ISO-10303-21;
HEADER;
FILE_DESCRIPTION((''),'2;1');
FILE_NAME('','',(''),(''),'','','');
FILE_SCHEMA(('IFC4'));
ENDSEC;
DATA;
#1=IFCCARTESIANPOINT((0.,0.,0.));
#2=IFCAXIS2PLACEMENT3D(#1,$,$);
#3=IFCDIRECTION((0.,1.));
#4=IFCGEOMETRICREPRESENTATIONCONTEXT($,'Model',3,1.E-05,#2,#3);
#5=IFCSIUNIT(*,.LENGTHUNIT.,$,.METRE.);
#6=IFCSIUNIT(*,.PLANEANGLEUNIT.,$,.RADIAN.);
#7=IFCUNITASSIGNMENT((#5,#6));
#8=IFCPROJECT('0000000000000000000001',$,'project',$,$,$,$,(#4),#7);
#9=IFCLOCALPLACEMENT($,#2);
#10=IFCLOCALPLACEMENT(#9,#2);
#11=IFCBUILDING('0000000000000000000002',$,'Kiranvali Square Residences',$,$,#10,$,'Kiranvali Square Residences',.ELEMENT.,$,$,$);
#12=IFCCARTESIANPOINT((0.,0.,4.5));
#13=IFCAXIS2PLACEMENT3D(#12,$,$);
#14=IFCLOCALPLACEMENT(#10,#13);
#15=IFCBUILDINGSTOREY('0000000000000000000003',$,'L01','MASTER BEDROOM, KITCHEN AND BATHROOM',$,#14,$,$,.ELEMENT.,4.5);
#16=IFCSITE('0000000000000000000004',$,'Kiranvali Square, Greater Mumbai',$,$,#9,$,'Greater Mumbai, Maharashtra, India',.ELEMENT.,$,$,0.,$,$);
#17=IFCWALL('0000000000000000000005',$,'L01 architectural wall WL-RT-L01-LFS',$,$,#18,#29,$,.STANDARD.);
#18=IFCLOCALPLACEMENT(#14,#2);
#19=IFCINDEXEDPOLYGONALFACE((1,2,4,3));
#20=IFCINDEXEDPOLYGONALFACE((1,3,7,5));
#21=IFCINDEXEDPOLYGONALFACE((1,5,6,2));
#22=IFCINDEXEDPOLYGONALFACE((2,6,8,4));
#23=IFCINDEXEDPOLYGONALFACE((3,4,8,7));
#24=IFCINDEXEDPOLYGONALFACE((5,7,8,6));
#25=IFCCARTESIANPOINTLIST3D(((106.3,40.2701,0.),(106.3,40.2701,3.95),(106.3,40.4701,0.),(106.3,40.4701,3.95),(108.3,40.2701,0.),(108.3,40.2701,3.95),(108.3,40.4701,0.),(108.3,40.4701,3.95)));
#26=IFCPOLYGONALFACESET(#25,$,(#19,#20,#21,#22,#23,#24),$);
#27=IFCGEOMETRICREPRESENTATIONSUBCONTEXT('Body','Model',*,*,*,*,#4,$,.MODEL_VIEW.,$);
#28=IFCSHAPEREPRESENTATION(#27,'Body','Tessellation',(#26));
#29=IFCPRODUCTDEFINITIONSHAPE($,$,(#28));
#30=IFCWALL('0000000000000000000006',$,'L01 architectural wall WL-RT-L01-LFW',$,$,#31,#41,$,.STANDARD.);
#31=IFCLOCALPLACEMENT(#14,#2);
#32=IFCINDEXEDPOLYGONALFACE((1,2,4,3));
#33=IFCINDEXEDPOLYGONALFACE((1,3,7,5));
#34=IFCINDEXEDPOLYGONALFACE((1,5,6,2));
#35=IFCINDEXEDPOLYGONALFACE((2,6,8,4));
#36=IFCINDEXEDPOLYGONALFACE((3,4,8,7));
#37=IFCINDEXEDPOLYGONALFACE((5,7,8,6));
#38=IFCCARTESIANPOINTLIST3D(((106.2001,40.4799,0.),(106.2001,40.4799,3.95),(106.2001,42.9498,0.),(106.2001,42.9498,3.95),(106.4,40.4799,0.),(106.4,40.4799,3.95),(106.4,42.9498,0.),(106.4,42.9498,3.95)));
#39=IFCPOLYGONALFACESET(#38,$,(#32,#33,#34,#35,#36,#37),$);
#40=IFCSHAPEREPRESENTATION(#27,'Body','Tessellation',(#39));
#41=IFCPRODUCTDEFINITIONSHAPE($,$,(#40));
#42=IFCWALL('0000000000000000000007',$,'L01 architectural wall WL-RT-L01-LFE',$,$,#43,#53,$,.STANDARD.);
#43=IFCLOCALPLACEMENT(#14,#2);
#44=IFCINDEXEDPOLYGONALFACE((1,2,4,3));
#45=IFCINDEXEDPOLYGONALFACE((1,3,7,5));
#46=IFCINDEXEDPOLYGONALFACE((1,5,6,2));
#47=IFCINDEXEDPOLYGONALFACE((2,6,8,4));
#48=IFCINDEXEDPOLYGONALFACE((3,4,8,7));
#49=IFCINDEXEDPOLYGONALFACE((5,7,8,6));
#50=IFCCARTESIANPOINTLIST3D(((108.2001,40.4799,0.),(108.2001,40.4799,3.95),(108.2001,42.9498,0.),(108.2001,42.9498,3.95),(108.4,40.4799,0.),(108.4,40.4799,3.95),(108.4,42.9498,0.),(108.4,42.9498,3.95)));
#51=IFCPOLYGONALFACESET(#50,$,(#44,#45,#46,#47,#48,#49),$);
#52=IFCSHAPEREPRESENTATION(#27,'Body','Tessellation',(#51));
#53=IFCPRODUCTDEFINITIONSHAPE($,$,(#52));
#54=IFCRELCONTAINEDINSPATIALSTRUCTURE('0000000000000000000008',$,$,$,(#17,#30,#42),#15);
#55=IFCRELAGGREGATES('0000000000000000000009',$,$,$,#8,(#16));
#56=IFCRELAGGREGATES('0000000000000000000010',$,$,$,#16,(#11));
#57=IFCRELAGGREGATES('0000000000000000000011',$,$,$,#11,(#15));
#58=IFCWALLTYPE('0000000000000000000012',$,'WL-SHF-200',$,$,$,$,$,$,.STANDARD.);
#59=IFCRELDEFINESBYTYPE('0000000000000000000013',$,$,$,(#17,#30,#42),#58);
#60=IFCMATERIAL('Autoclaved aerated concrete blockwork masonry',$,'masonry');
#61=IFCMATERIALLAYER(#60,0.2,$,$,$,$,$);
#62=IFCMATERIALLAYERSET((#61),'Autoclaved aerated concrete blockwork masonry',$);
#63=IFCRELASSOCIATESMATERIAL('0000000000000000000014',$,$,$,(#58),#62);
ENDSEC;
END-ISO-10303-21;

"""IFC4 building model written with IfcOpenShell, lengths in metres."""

from ifc_helpers import new_model, si_unit, direction, frame, frame_2d, origin, place, context, subcontext, project, spatial, rectangle, extrude, material, layer, layer_set, type_object, element, save


model = new_model("IFC4")

# Units and contexts
model_context = context("Model", 3, precision=1e-05, world=origin(), true_north=direction((0.0, 1.0)))
body_context = subcontext(model_context, "Body", "Model", "MODEL_VIEW")
ifc_project = project(units=[si_unit("LENGTHUNIT", "METRE"), si_unit("PLANEANGLEUNIT", "RADIAN")], contexts=[model_context])

# Site, building, storey
site_placement = place(None, origin())
site = spatial("IfcSite", under=ifc_project, at=site_placement, Name="Kiranvali Square, Greater Mumbai", LongName="Greater Mumbai, Maharashtra, India", CompositionType="ELEMENT", RefElevation=0.0)
building_placement = place(site_placement, origin())
building = spatial("IfcBuilding", under=site, at=building_placement, Name="Kiranvali Square Residences", LongName="Kiranvali Square Residences", CompositionType="ELEMENT")
storey_placement = place(building_placement, frame((0.0, 0.0, 4.5)))
storey = spatial("IfcBuildingStorey", under=building, at=storey_placement, Name="L01", Description="MASTER BEDROOM, KITCHEN AND BATHROOM", CompositionType="ELEMENT", Elevation=4.5)

# Shared definitions
ifc_material_1 = material(Name="Autoclaved aerated concrete blockwork masonry", Category="masonry")

# Shared definitions
ifc_layer_1 = layer(ifc_material_1, 0.2)
ifc_layer_set_1 = layer_set([ifc_layer_1], Name="Autoclaved aerated concrete blockwork masonry")
wall_type_1 = type_object("IfcWallType", Name="WL-SHF-200", PredefinedType="STANDARD", material=ifc_layer_set_1)

# Walls
wall_1_placement = place(storey_placement, frame((106.3, 40.3701, 0.0), z_axis=(0.0, 0.0, 1.0), x_axis=(1.0, 0.0, 0.0)))
element("IfcWall", 1, at=wall_1_placement, inside=storey, type_object=wall_type_1, Name="L01 architectural wall WL-RT-L01-LFS", PredefinedType="STANDARD", context=body_context, shape_type="SweptSolid", body=[
    extrude(rectangle(XDim=2.0, YDim=0.2, at=frame_2d((1.0, 0.0))), origin(), (0.0, 0.0, 1.0), 3.95),
])
for number, where, z_axis, x_axis, name in (
    (2, (106.3, 40.48, 0.0), (0.0, 0.0, 1.0), (0.0, 1.0, 0.0), "L01 architectural wall WL-RT-L01-LFW"),
    (3, (108.3, 40.48, 0.0), (0.0, 0.0, 1.0), (0.0, 1.0, 0.0), "L01 architectural wall WL-RT-L01-LFE"),
):
    element("IfcWall", number, at=place(storey_placement, frame(where, z_axis=z_axis, x_axis=x_axis)), inside=storey, type_object=wall_type_1, Name=name, PredefinedType="STANDARD", context=body_context, shape_type="SweptSolid", body=[
        extrude(rectangle(XDim=2.47, YDim=0.2, at=frame_2d((1.2349, 0.0))), origin(), (0.0, 0.0, 1.0), 3.95),
    ])

save(model, "model.ifc")
